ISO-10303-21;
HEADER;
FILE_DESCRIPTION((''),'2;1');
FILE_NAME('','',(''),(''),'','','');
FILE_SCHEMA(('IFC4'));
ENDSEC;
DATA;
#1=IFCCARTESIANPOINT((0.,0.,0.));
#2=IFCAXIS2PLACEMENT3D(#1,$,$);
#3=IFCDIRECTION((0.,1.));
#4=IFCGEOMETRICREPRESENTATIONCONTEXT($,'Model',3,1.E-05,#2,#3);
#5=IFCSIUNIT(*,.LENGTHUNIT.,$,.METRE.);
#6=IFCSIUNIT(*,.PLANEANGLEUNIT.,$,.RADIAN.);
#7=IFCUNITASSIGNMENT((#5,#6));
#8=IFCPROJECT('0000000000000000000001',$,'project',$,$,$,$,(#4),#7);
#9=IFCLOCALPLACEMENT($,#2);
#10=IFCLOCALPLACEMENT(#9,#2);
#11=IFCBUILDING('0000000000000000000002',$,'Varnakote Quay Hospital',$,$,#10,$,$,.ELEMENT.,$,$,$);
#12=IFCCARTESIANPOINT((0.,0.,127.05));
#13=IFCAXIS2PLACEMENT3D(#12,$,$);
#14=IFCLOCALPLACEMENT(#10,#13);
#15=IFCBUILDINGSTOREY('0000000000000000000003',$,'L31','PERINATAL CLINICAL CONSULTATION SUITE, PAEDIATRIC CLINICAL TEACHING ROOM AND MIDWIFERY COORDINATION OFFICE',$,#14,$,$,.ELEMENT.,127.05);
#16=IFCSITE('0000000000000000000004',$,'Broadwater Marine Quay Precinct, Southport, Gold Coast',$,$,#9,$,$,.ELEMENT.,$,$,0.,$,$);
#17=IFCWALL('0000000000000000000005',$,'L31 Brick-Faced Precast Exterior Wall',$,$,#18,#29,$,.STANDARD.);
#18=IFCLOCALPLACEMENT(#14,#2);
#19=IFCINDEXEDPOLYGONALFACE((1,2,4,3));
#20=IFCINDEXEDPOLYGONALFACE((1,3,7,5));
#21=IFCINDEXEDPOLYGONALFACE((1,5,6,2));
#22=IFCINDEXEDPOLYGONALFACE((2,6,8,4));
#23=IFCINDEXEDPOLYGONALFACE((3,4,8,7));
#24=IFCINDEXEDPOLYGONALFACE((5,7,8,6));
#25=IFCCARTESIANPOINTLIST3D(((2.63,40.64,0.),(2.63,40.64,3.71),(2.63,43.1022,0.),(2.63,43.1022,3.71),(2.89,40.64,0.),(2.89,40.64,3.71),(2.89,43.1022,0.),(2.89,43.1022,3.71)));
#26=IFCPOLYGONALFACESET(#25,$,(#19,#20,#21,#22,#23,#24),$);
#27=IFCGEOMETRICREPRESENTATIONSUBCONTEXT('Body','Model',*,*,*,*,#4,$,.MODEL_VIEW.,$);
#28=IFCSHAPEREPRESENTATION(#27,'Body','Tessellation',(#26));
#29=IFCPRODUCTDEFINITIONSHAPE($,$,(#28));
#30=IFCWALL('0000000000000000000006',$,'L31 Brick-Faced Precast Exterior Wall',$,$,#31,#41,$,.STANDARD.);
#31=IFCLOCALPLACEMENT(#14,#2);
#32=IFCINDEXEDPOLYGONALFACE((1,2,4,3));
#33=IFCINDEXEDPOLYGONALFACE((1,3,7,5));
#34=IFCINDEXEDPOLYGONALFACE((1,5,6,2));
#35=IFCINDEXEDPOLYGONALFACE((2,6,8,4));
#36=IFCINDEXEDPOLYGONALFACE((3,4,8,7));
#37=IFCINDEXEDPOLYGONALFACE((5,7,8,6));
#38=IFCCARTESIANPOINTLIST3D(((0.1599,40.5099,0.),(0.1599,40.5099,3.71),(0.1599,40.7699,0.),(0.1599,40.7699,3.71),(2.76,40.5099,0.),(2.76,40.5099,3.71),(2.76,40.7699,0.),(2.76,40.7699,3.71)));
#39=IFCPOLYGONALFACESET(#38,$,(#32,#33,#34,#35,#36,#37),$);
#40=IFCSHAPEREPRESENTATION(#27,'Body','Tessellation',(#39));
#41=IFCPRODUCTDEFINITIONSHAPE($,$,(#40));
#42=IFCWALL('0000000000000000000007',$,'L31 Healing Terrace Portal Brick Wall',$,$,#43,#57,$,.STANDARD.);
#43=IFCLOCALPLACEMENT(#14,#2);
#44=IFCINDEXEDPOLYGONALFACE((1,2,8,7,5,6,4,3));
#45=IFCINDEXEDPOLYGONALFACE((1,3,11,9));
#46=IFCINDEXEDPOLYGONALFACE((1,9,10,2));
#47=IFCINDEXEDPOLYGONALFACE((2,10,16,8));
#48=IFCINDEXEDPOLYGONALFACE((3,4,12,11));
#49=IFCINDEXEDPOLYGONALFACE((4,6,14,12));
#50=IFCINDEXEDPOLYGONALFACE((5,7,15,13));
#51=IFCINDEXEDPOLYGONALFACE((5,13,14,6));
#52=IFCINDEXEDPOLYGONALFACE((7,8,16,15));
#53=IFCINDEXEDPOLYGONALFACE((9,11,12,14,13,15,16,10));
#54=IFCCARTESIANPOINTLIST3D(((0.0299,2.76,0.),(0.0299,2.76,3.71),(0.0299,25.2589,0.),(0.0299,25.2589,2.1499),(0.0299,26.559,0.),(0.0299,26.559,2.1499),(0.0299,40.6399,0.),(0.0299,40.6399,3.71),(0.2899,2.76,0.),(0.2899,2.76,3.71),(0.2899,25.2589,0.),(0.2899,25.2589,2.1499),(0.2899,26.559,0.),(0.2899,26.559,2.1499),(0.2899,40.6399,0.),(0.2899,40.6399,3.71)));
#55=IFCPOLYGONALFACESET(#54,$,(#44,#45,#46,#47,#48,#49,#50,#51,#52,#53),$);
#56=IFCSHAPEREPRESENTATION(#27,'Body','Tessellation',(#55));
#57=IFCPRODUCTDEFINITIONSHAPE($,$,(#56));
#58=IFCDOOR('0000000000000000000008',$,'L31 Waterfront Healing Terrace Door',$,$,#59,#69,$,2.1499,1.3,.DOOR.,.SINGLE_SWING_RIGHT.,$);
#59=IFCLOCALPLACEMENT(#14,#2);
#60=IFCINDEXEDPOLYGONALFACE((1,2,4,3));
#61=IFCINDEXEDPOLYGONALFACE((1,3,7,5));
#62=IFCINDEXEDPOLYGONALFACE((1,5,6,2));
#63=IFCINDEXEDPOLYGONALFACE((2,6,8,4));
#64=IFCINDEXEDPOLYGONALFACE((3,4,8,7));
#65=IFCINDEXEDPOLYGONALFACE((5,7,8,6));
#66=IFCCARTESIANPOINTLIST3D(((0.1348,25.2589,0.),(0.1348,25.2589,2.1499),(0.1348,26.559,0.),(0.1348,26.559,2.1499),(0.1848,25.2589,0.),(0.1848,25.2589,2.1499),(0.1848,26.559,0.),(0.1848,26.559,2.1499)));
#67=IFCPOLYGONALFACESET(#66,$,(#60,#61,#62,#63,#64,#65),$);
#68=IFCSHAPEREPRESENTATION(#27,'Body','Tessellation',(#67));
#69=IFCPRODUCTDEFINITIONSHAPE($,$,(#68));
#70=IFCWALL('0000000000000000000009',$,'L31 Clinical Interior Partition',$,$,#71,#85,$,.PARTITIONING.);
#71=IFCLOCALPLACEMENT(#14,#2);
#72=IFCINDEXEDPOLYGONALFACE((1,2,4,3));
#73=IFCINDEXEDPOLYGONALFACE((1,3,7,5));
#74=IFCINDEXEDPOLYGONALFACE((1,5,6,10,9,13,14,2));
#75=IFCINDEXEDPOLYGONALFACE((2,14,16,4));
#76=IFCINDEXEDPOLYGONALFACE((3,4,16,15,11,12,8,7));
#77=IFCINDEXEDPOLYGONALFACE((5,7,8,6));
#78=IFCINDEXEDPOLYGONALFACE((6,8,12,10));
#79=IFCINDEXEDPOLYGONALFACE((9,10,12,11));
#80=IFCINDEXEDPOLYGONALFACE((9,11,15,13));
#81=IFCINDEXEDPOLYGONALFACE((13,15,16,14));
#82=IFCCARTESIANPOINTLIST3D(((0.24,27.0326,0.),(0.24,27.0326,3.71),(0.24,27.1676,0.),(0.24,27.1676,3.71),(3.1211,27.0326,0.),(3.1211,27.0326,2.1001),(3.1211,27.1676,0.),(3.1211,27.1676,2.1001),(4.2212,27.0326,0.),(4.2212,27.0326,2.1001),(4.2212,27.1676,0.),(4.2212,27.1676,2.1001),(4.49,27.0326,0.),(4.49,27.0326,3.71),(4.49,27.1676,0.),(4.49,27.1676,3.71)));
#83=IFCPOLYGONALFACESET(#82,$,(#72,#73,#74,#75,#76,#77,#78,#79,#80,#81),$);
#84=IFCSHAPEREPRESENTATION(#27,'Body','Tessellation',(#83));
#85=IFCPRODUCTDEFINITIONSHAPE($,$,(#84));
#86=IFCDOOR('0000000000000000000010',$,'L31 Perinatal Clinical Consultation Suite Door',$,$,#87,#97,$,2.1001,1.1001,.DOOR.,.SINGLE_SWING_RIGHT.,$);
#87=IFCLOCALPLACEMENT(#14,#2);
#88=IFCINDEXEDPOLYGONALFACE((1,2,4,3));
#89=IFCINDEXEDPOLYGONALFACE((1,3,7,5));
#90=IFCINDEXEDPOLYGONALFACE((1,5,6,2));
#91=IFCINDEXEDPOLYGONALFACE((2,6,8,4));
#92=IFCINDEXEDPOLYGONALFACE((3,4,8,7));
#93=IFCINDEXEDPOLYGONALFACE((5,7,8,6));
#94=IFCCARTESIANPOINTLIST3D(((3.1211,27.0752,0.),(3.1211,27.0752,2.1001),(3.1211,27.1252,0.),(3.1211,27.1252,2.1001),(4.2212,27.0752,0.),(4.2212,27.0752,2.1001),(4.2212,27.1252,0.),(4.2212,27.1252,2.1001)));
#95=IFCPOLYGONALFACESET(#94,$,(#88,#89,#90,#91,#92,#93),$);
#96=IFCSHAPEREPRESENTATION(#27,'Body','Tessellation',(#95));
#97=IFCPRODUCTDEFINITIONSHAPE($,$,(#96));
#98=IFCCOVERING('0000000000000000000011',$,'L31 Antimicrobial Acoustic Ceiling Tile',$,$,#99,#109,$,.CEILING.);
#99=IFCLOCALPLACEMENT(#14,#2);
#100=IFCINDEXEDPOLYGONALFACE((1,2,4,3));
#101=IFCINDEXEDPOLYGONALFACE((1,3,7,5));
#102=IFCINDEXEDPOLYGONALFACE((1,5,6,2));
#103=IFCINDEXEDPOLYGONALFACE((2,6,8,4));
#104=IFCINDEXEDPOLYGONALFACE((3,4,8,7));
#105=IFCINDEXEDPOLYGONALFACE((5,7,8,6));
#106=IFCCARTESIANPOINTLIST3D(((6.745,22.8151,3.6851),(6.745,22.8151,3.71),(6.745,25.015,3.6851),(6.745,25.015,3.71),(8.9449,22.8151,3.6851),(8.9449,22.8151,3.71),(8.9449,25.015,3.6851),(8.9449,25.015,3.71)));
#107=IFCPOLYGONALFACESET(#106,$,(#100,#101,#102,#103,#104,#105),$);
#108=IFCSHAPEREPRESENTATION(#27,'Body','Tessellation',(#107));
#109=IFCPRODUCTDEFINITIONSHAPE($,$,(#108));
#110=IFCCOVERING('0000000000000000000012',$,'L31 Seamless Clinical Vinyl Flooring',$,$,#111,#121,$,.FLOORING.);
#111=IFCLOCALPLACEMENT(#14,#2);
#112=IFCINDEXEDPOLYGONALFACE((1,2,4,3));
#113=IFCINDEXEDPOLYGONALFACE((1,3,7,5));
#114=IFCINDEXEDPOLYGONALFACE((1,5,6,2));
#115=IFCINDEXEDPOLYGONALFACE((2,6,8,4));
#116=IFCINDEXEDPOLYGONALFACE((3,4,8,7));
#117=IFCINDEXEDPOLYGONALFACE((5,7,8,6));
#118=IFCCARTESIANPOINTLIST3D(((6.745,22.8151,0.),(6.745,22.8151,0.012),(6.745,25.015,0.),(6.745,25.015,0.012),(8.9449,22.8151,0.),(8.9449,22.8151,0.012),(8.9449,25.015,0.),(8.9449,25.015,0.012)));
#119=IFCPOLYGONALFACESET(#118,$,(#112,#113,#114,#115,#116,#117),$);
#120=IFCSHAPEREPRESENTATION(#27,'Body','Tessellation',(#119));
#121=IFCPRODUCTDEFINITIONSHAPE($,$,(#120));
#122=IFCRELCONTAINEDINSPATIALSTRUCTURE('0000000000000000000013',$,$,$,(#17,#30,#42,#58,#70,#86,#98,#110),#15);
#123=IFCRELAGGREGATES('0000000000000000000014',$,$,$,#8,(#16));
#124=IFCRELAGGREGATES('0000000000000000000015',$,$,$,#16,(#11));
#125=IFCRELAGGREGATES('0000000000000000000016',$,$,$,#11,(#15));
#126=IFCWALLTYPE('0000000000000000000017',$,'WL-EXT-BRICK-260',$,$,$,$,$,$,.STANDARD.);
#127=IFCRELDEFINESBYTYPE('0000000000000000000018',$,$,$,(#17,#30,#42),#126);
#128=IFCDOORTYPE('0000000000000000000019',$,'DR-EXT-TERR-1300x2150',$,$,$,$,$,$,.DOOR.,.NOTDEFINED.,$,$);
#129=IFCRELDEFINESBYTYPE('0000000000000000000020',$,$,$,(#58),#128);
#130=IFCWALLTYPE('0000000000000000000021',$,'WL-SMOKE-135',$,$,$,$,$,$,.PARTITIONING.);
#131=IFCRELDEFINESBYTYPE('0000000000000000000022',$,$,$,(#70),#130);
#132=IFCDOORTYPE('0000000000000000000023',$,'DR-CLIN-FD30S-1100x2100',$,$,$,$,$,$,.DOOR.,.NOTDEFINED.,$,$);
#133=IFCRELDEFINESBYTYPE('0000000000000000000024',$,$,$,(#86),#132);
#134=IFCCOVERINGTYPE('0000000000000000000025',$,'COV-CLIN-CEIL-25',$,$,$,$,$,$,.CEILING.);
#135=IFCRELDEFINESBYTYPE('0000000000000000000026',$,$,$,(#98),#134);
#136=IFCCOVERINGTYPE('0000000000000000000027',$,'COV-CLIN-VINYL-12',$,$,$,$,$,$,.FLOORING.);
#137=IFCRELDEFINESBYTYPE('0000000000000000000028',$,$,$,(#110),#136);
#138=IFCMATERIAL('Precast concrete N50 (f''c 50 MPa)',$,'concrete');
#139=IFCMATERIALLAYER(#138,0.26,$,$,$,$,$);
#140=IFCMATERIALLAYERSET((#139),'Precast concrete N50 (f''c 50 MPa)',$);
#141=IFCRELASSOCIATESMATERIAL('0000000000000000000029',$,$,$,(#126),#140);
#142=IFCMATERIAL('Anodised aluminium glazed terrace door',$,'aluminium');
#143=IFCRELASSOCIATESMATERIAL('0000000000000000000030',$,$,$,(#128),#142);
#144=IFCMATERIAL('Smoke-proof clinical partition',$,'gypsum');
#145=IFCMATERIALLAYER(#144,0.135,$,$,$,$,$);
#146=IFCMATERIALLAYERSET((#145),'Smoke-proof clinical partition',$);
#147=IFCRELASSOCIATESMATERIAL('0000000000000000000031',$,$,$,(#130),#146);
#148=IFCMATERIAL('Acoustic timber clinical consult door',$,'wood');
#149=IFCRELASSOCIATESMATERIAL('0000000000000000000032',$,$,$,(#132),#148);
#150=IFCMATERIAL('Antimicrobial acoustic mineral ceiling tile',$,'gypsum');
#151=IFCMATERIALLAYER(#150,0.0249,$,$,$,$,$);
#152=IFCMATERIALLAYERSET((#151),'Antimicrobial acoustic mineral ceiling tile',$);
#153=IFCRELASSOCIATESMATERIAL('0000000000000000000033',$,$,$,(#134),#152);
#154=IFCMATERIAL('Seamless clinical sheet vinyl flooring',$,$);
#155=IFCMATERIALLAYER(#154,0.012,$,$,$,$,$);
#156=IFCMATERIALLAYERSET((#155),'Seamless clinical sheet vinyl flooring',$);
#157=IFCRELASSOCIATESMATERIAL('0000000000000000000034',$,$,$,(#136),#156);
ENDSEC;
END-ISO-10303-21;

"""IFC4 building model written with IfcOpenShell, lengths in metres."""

from ifc_helpers import new_model, si_unit, direction, frame, frame_2d, origin, origin_2d, place, context, subcontext, project, spatial, rectangle, extrude, material, layer, layer_set, type_object, element, fill, save


model = new_model("IFC4")

# Units and contexts
model_context = context("Model", 3, precision=1e-05, world=origin(), true_north=direction((0.0, 1.0)))
body_context = subcontext(model_context, "Body", "Model", "MODEL_VIEW")
ifc_project = project(units=[si_unit("LENGTHUNIT", "METRE"), si_unit("PLANEANGLEUNIT", "RADIAN")], contexts=[model_context])

# Site, building, storey
site_placement = place(None, origin())
site = spatial("IfcSite", under=ifc_project, at=site_placement, Name="Broadwater Marine Quay Precinct, Southport, Gold Coast", CompositionType="ELEMENT", RefElevation=0.0)
building_placement = place(site_placement, origin())
building = spatial("IfcBuilding", under=site, at=building_placement, Name="Varnakote Quay Hospital", CompositionType="ELEMENT")
storey_placement = place(building_placement, frame((0.0, 0.0, 127.05)))
storey = spatial("IfcBuildingStorey", under=building, at=storey_placement, Name="L31", Description="PERINATAL CLINICAL CONSULTATION SUITE, PAEDIATRIC CLINICAL TEACHING ROOM AND MIDWIFERY COORDINATION OFFICE", CompositionType="ELEMENT", Elevation=127.05)

# Walls
ifc_material_1 = material(Name="Precast concrete N50 (f'c 50 MPa)", Category="concrete")
ifc_layer_1 = layer(ifc_material_1, 0.26)
ifc_layer_set_1 = layer_set([ifc_layer_1], Name="Precast concrete N50 (f'c 50 MPa)")
wall_type_1 = type_object("IfcWallType", Name="WL-EXT-BRICK-260", PredefinedType="STANDARD", material=ifc_layer_set_1)
wall_1_placement = place(storey_placement, frame((2.76, 43.1021, 0.0), z_axis=(0.0, 0.0, 1.0), x_axis=(0.0, -1.0, 0.0)))
element("IfcWall", 1, at=wall_1_placement, inside=storey, type_object=wall_type_1, Name="L31 Brick-Faced Precast Exterior Wall", PredefinedType="STANDARD", context=body_context, shape_type="SweptSolid", body=[
    extrude(rectangle(XDim=2.4622, YDim=0.26, at=frame_2d((1.231, 0.0))), origin(), (0.0, 0.0, 1.0), 3.71),
])
wall_2_placement = place(storey_placement, frame((2.76, 40.6399, 0.0), z_axis=(0.0, 0.0, 1.0), x_axis=(-1.0, 0.0, 0.0)))
element("IfcWall", 2, at=wall_2_placement, inside=storey, type_object=wall_type_1, Name="L31 Brick-Faced Precast Exterior Wall", PredefinedType="STANDARD", context=body_context, shape_type="SweptSolid", body=[
    extrude(rectangle(XDim=2.6001, YDim=0.26, at=frame_2d((1.3, 0.0))), origin(), (0.0, 0.0, 1.0), 3.71),
])

# Walls, openings, doors
wall_3_placement = place(storey_placement, frame((0.1599, 40.6399, 0.0), z_axis=(0.0, 0.0, 1.0), x_axis=(0.0, -1.0, 0.0)))
wall_3 = element("IfcWall", 3, at=wall_3_placement, inside=storey, type_object=wall_type_1, Name="L31 Healing Terrace Portal Brick Wall", PredefinedType="STANDARD", context=body_context, shape_type="SweptSolid", body=[
    extrude(rectangle(XDim=37.8799, YDim=0.26, at=frame_2d((18.9399, 0.0))), origin(), (0.0, 0.0, 1.0), 3.71),
])
opening_1_placement = place(wall_3_placement, frame((14.0811, 0.0, 0.0)))
opening_1 = element("IfcOpeningElement", 4, at=opening_1_placement, cuts=wall_3, PredefinedType="OPENING", context=body_context, shape_type="SweptSolid", body=[
    extrude(rectangle(XDim=1.3, YDim=2.1499, at=frame_2d((0.6499, 1.075))), frame((0.0, 0.1399, 0.0), z_axis=(0.0, -1.0, 0.0), x_axis=(1.0, 0.0, 0.0)), (0.0, 0.0, 1.0), 0.28),
])
ifc_material_2 = material(Name="Anodised aluminium glazed terrace door", Category="aluminium")
door_type_1 = type_object("IfcDoorType", Name="DR-EXT-TERR-1300x2150", OperationType="NOTDEFINED", PredefinedType="DOOR", material=ifc_material_2)
door_1_placement = place(opening_1_placement, origin())
door_1 = element("IfcDoor", 5, at=door_1_placement, inside=storey, type_object=door_type_1, Name="L31 Waterfront Healing Terrace Door", OperationType="SINGLE_SWING_RIGHT", OverallHeight=2.1499, OverallWidth=1.3, PredefinedType="DOOR", context=body_context, shape_type="SweptSolid", body=[
    extrude(rectangle(XDim=1.3, YDim=2.1499, at=frame_2d((0.6499, 1.075))), frame((0.0, 0.0249, 0.0), z_axis=(0.0, -1.0, 0.0), x_axis=(1.0, 0.0, 0.0)), (0.0, 0.0, 1.0), 0.05),
])
fill(opening_1, door_1)
ifc_material_3 = material(Name="Smoke-proof clinical partition", Category="gypsum")
ifc_layer_2 = layer(ifc_material_3, 0.135)
ifc_layer_set_2 = layer_set([ifc_layer_2], Name="Smoke-proof clinical partition")
wall_type_2 = type_object("IfcWallType", Name="WL-SMOKE-135", PredefinedType="PARTITIONING", material=ifc_layer_set_2)
wall_4_placement = place(storey_placement, frame((4.49, 27.1001, 0.0), z_axis=(0.0, 0.0, 1.0), x_axis=(-1.0, 0.0, 0.0)))
wall_4 = element("IfcWall", 6, at=wall_4_placement, inside=storey, type_object=wall_type_2, Name="L31 Clinical Interior Partition", PredefinedType="PARTITIONING", context=body_context, shape_type="SweptSolid", body=[
    extrude(rectangle(XDim=4.25, YDim=0.135, at=frame_2d((2.125, 0.0))), origin(), (0.0, 0.0, 1.0), 3.71),
])
opening_2_placement = place(wall_4_placement, frame((0.2688, 0.0, 0.0)))
opening_2 = element("IfcOpeningElement", 7, at=opening_2_placement, cuts=wall_4, PredefinedType="OPENING", context=body_context, shape_type="SweptSolid", body=[
    extrude(rectangle(XDim=1.1001, YDim=2.1001, at=frame_2d((0.55, 1.05))), frame((0.0, 0.0774, 0.0), z_axis=(0.0, -1.0, 0.0), x_axis=(1.0, 0.0, 0.0)), (0.0, 0.0, 1.0), 0.155),
])
ifc_material_4 = material(Name="Acoustic timber clinical consult door", Category="wood")
door_type_2 = type_object("IfcDoorType", Name="DR-CLIN-FD30S-1100x2100", OperationType="NOTDEFINED", PredefinedType="DOOR", material=ifc_material_4)
door_2_placement = place(opening_2_placement, origin())
door_2 = element("IfcDoor", 8, at=door_2_placement, inside=storey, type_object=door_type_2, Name="L31 Perinatal Clinical Consultation Suite Door", OperationType="SINGLE_SWING_RIGHT", OverallHeight=2.1001, OverallWidth=1.1001, PredefinedType="DOOR", context=body_context, shape_type="SweptSolid", body=[
    extrude(rectangle(XDim=1.1001, YDim=2.1001, at=frame_2d((0.55, 1.05))), frame((0.0, 0.0249, 0.0), z_axis=(0.0, -1.0, 0.0), x_axis=(1.0, 0.0, 0.0)), (0.0, 0.0, 1.0), 0.05),
])
fill(opening_2, door_2)

# Coverings
ifc_material_5 = material(Name="Antimicrobial acoustic mineral ceiling tile", Category="gypsum")
ifc_layer_3 = layer(ifc_material_5, 0.0249)
ifc_layer_set_3 = layer_set([ifc_layer_3], Name="Antimicrobial acoustic mineral ceiling tile")
covering_type_1 = type_object("IfcCoveringType", Name="COV-CLIN-CEIL-25", PredefinedType="CEILING", material=ifc_layer_set_3)
covering_1_placement = place(storey_placement, frame((7.845, 23.915, 3.6851), z_axis=(0.0, 0.0, 1.0), x_axis=(1.0, 0.0, 0.0)))
element("IfcCovering", 9, at=covering_1_placement, inside=storey, type_object=covering_type_1, Name="L31 Antimicrobial Acoustic Ceiling Tile", PredefinedType="CEILING", context=body_context, shape_type="SweptSolid", body=[
    extrude(rectangle(XDim=2.2, YDim=2.2, at=origin_2d()), origin(), (0.0, 0.0, 1.0), 0.0249),
])
ifc_material_6 = material(Name="Seamless clinical sheet vinyl flooring")
ifc_layer_4 = layer(ifc_material_6, 0.012)
ifc_layer_set_4 = layer_set([ifc_layer_4], Name="Seamless clinical sheet vinyl flooring")
covering_type_2 = type_object("IfcCoveringType", Name="COV-CLIN-VINYL-12", PredefinedType="FLOORING", material=ifc_layer_set_4)
covering_2_placement = place(storey_placement, frame((7.845, 23.915, 0.0), z_axis=(0.0, 0.0, 1.0), x_axis=(1.0, 0.0, 0.0)))
element("IfcCovering", 10, at=covering_2_placement, inside=storey, type_object=covering_type_2, Name="L31 Seamless Clinical Vinyl Flooring", PredefinedType="FLOORING", context=body_context, shape_type="SweptSolid", body=[
    extrude(rectangle(XDim=2.2, YDim=2.2, at=origin_2d()), origin(), (0.0, 0.0, 1.0), 0.012),
])

save(model, "model.ifc")
